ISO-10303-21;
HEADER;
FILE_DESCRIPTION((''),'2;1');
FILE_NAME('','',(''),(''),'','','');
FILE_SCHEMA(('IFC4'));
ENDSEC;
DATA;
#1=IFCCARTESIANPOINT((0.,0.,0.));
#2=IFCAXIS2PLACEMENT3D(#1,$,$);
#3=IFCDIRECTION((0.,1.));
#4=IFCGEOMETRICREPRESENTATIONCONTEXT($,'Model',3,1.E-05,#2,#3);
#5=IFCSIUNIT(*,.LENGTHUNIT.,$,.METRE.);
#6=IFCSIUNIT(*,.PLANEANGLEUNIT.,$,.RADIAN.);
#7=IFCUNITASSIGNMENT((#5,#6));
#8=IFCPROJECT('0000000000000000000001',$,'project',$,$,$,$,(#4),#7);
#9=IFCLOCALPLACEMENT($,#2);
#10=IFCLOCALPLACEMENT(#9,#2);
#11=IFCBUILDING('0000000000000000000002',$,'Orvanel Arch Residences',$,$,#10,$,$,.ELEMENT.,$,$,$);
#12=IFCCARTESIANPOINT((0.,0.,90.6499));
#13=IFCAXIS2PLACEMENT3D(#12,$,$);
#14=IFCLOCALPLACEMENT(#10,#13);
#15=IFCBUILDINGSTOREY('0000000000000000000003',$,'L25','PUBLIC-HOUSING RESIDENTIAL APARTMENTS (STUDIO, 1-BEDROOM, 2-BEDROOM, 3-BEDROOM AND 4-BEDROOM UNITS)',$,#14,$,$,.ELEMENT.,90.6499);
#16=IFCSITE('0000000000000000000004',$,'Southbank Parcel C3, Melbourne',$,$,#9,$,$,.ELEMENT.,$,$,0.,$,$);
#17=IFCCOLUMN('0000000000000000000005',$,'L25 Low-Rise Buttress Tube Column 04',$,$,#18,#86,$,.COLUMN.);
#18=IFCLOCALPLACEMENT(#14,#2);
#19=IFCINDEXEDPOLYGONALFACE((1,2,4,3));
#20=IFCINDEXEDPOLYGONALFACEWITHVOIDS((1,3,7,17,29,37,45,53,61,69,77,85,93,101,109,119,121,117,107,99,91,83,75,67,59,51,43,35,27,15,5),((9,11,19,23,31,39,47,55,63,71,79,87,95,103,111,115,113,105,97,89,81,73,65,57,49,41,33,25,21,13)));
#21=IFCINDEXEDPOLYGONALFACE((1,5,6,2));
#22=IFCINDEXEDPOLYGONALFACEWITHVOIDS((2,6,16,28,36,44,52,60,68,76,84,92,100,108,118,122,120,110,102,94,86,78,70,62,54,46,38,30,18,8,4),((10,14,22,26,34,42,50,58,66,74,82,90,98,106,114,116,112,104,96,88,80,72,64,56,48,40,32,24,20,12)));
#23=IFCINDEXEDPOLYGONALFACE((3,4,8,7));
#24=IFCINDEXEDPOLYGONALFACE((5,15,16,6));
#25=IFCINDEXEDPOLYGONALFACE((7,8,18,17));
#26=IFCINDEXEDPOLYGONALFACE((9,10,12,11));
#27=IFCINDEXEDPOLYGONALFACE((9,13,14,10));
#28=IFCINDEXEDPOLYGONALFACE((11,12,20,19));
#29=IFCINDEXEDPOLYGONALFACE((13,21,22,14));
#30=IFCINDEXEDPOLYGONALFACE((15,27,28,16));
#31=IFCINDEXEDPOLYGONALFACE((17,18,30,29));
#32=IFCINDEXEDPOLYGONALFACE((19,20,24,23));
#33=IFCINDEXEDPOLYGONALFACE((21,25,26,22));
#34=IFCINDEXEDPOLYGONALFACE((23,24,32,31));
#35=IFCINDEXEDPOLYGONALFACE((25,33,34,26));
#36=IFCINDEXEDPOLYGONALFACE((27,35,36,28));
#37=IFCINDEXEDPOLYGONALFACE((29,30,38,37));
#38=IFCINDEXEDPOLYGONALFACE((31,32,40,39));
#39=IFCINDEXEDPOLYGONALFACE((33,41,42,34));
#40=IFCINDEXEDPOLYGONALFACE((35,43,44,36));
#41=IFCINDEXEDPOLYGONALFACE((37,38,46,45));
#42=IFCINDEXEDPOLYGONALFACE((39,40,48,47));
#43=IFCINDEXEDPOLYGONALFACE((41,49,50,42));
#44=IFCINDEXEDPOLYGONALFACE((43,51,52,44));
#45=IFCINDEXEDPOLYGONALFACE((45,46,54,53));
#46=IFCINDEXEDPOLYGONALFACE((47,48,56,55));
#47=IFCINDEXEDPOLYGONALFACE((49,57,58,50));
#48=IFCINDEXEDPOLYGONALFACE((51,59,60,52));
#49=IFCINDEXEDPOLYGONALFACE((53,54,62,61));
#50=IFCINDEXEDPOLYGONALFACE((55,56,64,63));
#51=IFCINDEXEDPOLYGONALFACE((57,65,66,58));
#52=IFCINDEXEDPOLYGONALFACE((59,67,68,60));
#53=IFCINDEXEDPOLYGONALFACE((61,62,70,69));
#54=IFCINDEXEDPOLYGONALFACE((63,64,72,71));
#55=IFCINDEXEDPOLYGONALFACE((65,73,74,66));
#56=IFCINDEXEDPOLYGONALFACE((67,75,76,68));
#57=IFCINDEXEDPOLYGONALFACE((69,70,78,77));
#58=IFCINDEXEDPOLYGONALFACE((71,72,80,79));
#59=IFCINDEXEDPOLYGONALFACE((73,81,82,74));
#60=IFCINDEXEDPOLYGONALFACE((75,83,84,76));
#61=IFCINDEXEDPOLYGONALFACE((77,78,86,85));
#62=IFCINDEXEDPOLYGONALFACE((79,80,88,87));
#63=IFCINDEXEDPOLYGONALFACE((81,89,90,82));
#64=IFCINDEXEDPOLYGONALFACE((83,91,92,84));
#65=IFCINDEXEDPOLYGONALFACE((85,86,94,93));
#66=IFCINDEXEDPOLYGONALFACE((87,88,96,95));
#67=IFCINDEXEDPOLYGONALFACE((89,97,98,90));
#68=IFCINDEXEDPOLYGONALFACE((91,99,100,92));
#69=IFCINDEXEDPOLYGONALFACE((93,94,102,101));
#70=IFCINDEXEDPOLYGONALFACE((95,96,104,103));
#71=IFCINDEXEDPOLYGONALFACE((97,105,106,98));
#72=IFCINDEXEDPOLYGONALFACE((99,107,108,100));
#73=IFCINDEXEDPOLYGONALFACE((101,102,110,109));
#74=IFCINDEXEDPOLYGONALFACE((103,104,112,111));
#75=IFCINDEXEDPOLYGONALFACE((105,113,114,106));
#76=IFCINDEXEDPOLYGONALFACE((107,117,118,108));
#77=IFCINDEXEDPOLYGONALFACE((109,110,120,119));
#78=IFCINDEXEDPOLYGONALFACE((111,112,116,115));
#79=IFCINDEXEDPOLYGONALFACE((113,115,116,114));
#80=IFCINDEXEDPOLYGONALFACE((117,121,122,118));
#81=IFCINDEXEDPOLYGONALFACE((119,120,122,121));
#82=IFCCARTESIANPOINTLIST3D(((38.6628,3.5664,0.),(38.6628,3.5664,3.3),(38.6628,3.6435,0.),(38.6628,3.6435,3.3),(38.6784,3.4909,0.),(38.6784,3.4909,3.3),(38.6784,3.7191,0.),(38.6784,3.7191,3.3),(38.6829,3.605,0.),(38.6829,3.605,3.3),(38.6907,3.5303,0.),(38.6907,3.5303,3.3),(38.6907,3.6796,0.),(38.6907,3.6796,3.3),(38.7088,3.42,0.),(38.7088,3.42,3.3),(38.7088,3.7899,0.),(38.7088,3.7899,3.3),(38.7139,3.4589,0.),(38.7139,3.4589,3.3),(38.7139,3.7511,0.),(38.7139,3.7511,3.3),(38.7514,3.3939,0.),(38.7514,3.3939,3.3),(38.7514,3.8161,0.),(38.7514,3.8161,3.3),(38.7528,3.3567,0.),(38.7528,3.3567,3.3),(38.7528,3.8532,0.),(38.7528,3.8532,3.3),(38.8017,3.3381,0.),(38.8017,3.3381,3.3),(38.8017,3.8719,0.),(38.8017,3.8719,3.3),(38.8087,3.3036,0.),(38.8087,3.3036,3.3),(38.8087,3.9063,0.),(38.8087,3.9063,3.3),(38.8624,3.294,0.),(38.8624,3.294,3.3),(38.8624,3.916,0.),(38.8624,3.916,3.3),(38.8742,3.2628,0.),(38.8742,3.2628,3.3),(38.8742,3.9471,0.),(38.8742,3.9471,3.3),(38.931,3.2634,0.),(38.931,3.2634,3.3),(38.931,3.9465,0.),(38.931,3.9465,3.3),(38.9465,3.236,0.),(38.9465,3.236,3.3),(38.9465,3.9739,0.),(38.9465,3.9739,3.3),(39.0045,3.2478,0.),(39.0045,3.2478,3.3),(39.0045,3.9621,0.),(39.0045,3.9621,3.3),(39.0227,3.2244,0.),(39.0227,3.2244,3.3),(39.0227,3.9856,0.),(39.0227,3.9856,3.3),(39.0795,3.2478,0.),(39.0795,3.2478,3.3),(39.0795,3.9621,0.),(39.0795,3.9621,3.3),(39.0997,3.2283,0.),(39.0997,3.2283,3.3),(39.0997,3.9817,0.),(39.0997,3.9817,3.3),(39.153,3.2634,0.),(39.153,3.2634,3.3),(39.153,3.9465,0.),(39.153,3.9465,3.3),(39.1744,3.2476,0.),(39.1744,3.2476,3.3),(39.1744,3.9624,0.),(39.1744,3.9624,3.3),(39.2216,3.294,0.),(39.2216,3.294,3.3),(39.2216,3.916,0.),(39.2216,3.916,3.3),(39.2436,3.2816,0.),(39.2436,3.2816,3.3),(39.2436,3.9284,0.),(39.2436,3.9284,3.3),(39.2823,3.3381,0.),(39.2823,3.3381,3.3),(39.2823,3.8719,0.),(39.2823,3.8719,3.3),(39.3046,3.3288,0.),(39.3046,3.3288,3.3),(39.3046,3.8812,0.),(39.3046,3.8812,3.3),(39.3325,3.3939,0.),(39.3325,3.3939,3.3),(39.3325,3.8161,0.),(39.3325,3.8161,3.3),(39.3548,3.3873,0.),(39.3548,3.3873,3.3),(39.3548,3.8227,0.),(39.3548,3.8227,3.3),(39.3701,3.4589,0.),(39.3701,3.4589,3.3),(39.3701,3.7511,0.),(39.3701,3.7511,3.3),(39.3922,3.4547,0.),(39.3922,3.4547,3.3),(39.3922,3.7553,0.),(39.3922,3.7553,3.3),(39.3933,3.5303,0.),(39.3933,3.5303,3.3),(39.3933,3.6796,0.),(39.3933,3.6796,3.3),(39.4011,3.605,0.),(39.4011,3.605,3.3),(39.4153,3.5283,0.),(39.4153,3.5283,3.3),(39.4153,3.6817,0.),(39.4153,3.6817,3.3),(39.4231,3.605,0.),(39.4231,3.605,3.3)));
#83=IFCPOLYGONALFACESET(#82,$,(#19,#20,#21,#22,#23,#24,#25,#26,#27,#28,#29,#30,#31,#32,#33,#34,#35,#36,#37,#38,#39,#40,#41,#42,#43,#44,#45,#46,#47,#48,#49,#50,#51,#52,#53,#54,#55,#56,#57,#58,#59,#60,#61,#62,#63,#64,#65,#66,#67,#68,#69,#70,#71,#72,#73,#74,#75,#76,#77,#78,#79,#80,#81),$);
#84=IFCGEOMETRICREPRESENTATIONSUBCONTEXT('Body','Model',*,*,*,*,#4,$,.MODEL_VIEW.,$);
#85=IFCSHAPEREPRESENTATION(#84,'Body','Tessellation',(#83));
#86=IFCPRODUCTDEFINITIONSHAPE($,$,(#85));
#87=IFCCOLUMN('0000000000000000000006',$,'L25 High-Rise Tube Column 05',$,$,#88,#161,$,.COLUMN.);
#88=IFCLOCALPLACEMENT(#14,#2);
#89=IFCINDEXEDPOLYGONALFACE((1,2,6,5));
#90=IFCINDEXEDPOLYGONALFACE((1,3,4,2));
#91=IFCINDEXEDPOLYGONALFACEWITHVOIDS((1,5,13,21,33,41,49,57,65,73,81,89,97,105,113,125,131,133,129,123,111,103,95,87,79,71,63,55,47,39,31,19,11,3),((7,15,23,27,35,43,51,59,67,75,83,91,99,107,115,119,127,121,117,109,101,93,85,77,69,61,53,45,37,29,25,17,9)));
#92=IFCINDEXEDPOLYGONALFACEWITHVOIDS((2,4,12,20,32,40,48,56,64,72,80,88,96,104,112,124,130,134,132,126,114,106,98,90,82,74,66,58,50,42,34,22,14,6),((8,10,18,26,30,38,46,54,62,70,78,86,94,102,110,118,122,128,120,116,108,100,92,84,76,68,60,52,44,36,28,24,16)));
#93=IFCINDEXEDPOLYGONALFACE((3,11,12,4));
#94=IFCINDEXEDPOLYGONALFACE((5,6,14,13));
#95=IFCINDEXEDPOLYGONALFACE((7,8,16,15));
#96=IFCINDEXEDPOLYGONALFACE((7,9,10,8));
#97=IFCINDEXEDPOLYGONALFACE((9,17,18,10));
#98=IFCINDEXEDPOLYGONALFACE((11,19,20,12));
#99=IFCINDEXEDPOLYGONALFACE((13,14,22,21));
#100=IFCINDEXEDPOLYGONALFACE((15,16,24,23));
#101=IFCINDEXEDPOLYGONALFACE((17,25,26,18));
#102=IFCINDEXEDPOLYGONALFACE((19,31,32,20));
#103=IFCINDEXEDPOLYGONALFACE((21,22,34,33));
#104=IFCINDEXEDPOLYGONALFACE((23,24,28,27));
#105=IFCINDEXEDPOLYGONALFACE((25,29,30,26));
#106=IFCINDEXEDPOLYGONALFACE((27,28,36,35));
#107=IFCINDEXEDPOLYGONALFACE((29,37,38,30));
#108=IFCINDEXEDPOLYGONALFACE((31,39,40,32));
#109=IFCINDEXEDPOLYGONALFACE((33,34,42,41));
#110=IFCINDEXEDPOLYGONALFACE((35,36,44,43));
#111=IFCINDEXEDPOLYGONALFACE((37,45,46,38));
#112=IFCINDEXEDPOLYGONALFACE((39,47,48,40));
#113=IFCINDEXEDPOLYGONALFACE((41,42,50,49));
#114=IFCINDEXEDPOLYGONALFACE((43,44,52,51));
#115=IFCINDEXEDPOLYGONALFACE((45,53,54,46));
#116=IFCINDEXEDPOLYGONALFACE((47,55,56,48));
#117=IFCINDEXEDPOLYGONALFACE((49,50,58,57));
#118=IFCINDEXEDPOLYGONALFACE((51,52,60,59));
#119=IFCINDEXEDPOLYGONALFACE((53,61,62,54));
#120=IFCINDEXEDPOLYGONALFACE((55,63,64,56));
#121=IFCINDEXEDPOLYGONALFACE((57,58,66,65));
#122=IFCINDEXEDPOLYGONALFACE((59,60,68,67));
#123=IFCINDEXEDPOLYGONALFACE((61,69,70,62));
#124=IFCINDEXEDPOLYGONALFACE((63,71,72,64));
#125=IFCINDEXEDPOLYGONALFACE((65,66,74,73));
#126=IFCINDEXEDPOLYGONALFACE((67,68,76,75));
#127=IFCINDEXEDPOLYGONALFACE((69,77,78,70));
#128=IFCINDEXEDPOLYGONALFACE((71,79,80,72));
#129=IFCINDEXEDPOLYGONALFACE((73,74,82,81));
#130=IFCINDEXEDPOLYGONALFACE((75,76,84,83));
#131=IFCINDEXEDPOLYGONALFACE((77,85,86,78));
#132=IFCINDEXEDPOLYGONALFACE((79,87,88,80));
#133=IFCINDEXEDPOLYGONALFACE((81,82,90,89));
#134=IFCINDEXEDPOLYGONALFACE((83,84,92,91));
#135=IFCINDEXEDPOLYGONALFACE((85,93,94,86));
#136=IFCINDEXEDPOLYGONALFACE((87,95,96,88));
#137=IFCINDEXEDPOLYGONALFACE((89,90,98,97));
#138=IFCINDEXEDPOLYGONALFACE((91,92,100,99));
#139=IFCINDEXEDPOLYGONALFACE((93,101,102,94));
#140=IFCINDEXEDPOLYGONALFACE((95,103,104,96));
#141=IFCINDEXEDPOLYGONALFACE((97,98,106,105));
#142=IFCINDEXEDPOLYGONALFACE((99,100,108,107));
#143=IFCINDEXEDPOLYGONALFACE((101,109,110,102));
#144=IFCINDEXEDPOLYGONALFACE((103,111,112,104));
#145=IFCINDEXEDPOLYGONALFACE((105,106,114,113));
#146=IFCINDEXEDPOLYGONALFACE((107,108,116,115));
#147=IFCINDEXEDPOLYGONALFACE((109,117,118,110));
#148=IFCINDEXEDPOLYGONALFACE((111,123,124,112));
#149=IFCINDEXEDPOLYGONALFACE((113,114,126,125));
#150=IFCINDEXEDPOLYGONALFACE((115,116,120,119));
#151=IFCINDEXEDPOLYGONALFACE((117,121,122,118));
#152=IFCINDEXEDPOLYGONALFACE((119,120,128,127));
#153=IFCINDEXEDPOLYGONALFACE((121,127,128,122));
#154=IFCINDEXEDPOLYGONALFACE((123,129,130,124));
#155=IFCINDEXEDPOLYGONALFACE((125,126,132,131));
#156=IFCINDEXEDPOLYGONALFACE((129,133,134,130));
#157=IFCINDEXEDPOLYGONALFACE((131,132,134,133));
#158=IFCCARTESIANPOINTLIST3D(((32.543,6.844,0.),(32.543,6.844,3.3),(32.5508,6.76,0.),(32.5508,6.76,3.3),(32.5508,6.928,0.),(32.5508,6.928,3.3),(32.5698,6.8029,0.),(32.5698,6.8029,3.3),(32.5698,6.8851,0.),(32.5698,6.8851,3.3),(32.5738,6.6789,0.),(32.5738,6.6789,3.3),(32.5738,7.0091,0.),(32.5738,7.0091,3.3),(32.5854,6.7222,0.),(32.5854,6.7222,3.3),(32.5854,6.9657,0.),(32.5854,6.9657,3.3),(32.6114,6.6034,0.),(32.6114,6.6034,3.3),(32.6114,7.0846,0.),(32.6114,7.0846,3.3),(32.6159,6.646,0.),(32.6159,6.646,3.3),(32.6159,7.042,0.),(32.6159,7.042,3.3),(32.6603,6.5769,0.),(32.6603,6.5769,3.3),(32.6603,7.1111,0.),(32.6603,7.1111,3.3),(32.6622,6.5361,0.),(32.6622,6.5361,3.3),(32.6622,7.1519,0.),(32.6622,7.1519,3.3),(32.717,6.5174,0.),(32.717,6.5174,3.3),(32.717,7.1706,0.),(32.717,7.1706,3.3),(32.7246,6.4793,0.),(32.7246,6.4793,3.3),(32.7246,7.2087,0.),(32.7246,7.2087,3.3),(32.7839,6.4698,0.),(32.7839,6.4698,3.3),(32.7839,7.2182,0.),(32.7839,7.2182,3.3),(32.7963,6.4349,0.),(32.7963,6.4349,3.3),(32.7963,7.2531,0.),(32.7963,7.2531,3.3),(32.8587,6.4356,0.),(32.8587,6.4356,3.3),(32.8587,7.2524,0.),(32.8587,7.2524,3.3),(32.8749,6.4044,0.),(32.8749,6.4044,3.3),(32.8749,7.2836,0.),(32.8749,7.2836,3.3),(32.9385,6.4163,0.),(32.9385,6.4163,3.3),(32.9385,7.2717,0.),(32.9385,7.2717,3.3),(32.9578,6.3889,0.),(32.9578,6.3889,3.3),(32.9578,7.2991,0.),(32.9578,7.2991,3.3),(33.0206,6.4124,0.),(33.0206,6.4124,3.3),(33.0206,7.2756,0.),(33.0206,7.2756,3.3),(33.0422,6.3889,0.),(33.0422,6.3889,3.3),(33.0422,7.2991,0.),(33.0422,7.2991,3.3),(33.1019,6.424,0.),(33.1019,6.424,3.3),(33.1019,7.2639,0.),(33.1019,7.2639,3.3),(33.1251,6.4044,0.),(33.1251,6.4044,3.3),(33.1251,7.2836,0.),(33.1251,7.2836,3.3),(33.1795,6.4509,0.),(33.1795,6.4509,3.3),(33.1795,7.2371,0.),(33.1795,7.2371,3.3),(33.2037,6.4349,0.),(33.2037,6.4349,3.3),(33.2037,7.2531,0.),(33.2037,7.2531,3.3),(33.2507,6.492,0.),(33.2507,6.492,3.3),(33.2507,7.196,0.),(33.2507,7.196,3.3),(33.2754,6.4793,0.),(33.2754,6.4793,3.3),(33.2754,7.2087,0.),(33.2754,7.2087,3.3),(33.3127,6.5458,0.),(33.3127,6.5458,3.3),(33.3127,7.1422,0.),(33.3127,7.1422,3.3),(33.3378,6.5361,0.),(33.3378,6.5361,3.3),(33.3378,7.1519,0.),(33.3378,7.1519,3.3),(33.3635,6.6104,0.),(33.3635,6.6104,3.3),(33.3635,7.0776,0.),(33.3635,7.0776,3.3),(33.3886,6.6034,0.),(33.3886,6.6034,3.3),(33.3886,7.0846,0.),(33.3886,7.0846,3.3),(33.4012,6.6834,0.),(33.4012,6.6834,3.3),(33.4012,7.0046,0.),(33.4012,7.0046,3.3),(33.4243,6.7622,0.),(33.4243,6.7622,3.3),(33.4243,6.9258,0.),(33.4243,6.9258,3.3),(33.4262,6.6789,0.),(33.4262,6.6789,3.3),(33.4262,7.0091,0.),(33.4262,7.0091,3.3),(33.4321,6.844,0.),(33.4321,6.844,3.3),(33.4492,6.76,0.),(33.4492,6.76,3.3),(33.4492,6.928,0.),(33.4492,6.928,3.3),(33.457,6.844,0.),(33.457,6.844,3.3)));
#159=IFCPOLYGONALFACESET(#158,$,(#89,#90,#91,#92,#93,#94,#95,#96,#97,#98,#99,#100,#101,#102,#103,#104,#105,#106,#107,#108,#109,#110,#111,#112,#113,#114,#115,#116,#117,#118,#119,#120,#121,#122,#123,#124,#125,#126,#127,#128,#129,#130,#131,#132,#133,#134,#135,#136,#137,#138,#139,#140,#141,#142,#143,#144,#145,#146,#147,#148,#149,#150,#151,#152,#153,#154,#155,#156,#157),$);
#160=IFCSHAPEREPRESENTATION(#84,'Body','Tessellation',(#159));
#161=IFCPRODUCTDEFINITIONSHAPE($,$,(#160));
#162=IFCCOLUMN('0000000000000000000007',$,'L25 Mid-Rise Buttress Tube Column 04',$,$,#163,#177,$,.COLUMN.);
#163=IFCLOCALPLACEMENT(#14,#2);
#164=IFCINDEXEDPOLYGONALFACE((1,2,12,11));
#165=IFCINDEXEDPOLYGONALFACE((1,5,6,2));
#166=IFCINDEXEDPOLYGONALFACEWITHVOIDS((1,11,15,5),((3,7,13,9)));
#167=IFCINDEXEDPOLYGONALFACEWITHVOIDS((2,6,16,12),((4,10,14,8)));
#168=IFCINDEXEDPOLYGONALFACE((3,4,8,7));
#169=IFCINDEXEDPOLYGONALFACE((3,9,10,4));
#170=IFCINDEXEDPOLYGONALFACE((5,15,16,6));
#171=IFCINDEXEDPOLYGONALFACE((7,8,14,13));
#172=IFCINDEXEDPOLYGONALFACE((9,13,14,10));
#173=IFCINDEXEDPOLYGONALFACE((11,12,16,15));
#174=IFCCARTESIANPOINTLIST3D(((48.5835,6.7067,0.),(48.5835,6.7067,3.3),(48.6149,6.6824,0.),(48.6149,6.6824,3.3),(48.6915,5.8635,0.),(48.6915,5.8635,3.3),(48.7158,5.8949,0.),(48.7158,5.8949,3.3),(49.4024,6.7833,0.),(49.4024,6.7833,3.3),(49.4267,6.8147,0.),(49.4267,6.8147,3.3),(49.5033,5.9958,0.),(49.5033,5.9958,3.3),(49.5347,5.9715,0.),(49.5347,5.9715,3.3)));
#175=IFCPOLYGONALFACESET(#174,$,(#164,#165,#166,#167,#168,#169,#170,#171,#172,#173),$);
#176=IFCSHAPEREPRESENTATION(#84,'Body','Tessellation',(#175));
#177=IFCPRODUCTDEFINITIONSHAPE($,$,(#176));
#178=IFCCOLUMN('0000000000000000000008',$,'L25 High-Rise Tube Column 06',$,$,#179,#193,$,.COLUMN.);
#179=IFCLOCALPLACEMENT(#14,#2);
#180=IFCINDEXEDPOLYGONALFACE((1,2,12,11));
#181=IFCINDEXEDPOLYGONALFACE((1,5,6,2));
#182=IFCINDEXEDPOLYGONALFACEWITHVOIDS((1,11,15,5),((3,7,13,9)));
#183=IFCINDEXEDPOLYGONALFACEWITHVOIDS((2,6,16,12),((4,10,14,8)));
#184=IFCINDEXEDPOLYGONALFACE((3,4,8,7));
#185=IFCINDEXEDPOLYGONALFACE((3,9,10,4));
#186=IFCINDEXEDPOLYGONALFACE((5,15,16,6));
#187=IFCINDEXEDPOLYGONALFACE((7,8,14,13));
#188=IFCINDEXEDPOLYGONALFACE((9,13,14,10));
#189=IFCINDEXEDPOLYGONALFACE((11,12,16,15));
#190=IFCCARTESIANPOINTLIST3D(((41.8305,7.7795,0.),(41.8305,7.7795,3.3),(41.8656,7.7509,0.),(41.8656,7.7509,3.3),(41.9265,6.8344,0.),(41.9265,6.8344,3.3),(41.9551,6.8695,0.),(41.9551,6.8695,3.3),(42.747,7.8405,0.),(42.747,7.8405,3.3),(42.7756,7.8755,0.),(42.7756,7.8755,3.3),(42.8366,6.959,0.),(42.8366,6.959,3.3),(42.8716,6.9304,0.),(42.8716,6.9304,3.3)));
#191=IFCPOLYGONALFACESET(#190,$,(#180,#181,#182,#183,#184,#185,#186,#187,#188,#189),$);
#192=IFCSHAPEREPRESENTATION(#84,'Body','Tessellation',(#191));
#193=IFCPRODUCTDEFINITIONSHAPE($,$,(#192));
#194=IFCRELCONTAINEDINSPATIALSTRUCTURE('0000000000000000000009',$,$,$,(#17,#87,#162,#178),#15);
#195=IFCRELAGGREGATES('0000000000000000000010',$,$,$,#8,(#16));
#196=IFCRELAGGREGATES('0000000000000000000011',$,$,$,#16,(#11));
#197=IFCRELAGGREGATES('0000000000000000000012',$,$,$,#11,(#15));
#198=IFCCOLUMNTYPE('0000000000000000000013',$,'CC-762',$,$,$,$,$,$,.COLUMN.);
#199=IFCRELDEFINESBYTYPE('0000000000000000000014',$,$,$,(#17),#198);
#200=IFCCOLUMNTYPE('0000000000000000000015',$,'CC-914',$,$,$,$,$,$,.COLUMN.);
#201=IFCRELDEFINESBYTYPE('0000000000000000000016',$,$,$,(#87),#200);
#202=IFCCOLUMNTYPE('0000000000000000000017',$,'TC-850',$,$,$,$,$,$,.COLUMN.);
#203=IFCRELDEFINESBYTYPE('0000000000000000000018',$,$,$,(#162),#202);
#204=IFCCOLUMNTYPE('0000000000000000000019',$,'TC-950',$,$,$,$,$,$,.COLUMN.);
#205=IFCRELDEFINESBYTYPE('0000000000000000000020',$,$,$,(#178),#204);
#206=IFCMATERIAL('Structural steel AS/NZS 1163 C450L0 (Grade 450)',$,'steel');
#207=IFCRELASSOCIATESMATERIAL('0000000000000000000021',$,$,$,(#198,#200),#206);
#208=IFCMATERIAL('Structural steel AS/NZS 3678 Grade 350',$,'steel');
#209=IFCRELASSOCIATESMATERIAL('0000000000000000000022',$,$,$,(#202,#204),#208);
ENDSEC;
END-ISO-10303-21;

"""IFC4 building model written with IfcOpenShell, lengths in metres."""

from ifc_helpers import new_model, si_unit, direction, frame, origin, origin_2d, place, context, subcontext, project, spatial, hollow_rectangle, hollow_circle, extrude, material, material_profile, profile_set, type_object, element, save


model = new_model("IFC4")

# Units and contexts
model_context = context("Model", 3, precision=1e-05, world=origin(), true_north=direction((0.0, 1.0)))
body_context = subcontext(model_context, "Body", "Model", "MODEL_VIEW")
ifc_project = project(units=[si_unit("LENGTHUNIT", "METRE"), si_unit("PLANEANGLEUNIT", "RADIAN")], contexts=[model_context])

# Site, building, storey
site_placement = place(None, origin())
site = spatial("IfcSite", under=ifc_project, at=site_placement, Name="Southbank Parcel C3, Melbourne", CompositionType="ELEMENT", RefElevation=0.0)
building_placement = place(site_placement, origin())
building = spatial("IfcBuilding", under=site, at=building_placement, Name="Orvanel Arch Residences", CompositionType="ELEMENT")
storey_placement = place(building_placement, frame((0.0, 0.0, 90.6499)))
storey = spatial("IfcBuildingStorey", under=building, at=storey_placement, Name="L25", Description="PUBLIC-HOUSING RESIDENTIAL APARTMENTS (STUDIO, 1-BEDROOM, 2-BEDROOM, 3-BEDROOM AND 4-BEDROOM UNITS)", CompositionType="ELEMENT", Elevation=90.6499)

# Columns
ifc_material_1 = material(Name="Structural steel AS/NZS 1163 C450L0 (Grade 450)", Category="steel")
ifc_material_profile_1 = material_profile(ifc_material_1, hollow_circle(Radius=0.3811, WallThickness=0.022, at=origin_2d()), Name="CHS762x22")
ifc_profile_set_1 = profile_set([ifc_material_profile_1], Name="Structural steel AS/NZS 1163 C450L0 (Grade 450)")
column_type_1 = type_object("IfcColumnType", Name="CC-762", PredefinedType="COLUMN", material=ifc_profile_set_1)
column_1_placement = place(storey_placement, frame((39.042, 3.605, 0.0), z_axis=(0.0, 0.0, 1.0), x_axis=(1.0, 0.0, 0.0)))
element("IfcColumn", 1, at=column_1_placement, inside=storey, type_object=column_type_1, Name="L25 Low-Rise Buttress Tube Column 04", PredefinedType="COLUMN", context=body_context, shape_type="SweptSolid", body=[
    extrude(hollow_circle(Radius=0.3811, WallThickness=0.022, at=origin_2d()), origin(), (0.0, 0.0, 1.0), 3.3),
])
ifc_material_profile_2 = material_profile(ifc_material_1, hollow_circle(Radius=0.457, WallThickness=0.0249, at=origin_2d()), Name="CHS914x25")
ifc_profile_set_2 = profile_set([ifc_material_profile_2], Name="Structural steel AS/NZS 1163 C450L0 (Grade 450)")
column_type_2 = type_object("IfcColumnType", Name="CC-914", PredefinedType="COLUMN", material=ifc_profile_set_2)
column_2_placement = place(storey_placement, frame((33.0, 6.844, 0.0), z_axis=(0.0, 0.0, 1.0), x_axis=(1.0, 0.0, 0.0)))
element("IfcColumn", 2, at=column_2_placement, inside=storey, type_object=column_type_2, Name="L25 High-Rise Tube Column 05", PredefinedType="COLUMN", context=body_context, shape_type="SweptSolid", body=[
    extrude(hollow_circle(Radius=0.457, WallThickness=0.0249, at=origin_2d()), origin(), (0.0, 0.0, 1.0), 3.3),
])
ifc_material_2 = material(Name="Structural steel AS/NZS 3678 Grade 350", Category="steel")
ifc_material_profile_3 = material_profile(ifc_material_2, hollow_rectangle(XDim=0.8501, YDim=0.8501, WallThickness=0.0281, at=origin_2d()), Name="BOX850x850x28")
ifc_profile_set_3 = profile_set([ifc_material_profile_3], Name="Structural steel AS/NZS 3678 Grade 350")
column_type_3 = type_object("IfcColumnType", Name="TC-850", PredefinedType="COLUMN", material=ifc_profile_set_3)
column_3_placement = place(storey_placement, frame((49.0591, 6.3391, 0.0), z_axis=(0.0, 0.0, 1.0), x_axis=(0.991894, 0.127065, 0.0)))
element("IfcColumn", 3, at=column_3_placement, inside=storey, type_object=column_type_3, Name="L25 Mid-Rise Buttress Tube Column 04", PredefinedType="COLUMN", context=body_context, shape_type="SweptSolid", body=[
    extrude(hollow_rectangle(XDim=0.8501, YDim=0.8501, WallThickness=0.0281, at=origin_2d()), origin(), (0.0, 0.0, 1.0), 3.3),
])
ifc_material_profile_4 = material_profile(ifc_material_2, hollow_rectangle(XDim=0.95, YDim=0.95, WallThickness=0.032, at=origin_2d()), Name="BOX950x950x32")
ifc_profile_set_4 = profile_set([ifc_material_profile_4], Name="Structural steel AS/NZS 3678 Grade 350")
column_type_4 = type_object("IfcColumnType", Name="TC-950", PredefinedType="COLUMN", material=ifc_profile_set_4)
for number, where, z_axis, x_axis, name in (
    (4, (42.3511, 7.355, 0.0), (0.0, 0.0, 1.0), (0.994881, 0.101056, 0.0), "L25 High-Rise Tube Column 06"),
):
    element("IfcColumn", number, at=place(storey_placement, frame(where, z_axis=z_axis, x_axis=x_axis)), inside=storey, type_object=column_type_4, Name=name, PredefinedType="COLUMN", context=body_context, shape_type="SweptSolid", body=[
        extrude(hollow_rectangle(XDim=0.95, YDim=0.95, WallThickness=0.032, at=origin_2d()), origin(), (0.0, 0.0, 1.0), 3.3),
    ])

save(model, "model.ifc")
